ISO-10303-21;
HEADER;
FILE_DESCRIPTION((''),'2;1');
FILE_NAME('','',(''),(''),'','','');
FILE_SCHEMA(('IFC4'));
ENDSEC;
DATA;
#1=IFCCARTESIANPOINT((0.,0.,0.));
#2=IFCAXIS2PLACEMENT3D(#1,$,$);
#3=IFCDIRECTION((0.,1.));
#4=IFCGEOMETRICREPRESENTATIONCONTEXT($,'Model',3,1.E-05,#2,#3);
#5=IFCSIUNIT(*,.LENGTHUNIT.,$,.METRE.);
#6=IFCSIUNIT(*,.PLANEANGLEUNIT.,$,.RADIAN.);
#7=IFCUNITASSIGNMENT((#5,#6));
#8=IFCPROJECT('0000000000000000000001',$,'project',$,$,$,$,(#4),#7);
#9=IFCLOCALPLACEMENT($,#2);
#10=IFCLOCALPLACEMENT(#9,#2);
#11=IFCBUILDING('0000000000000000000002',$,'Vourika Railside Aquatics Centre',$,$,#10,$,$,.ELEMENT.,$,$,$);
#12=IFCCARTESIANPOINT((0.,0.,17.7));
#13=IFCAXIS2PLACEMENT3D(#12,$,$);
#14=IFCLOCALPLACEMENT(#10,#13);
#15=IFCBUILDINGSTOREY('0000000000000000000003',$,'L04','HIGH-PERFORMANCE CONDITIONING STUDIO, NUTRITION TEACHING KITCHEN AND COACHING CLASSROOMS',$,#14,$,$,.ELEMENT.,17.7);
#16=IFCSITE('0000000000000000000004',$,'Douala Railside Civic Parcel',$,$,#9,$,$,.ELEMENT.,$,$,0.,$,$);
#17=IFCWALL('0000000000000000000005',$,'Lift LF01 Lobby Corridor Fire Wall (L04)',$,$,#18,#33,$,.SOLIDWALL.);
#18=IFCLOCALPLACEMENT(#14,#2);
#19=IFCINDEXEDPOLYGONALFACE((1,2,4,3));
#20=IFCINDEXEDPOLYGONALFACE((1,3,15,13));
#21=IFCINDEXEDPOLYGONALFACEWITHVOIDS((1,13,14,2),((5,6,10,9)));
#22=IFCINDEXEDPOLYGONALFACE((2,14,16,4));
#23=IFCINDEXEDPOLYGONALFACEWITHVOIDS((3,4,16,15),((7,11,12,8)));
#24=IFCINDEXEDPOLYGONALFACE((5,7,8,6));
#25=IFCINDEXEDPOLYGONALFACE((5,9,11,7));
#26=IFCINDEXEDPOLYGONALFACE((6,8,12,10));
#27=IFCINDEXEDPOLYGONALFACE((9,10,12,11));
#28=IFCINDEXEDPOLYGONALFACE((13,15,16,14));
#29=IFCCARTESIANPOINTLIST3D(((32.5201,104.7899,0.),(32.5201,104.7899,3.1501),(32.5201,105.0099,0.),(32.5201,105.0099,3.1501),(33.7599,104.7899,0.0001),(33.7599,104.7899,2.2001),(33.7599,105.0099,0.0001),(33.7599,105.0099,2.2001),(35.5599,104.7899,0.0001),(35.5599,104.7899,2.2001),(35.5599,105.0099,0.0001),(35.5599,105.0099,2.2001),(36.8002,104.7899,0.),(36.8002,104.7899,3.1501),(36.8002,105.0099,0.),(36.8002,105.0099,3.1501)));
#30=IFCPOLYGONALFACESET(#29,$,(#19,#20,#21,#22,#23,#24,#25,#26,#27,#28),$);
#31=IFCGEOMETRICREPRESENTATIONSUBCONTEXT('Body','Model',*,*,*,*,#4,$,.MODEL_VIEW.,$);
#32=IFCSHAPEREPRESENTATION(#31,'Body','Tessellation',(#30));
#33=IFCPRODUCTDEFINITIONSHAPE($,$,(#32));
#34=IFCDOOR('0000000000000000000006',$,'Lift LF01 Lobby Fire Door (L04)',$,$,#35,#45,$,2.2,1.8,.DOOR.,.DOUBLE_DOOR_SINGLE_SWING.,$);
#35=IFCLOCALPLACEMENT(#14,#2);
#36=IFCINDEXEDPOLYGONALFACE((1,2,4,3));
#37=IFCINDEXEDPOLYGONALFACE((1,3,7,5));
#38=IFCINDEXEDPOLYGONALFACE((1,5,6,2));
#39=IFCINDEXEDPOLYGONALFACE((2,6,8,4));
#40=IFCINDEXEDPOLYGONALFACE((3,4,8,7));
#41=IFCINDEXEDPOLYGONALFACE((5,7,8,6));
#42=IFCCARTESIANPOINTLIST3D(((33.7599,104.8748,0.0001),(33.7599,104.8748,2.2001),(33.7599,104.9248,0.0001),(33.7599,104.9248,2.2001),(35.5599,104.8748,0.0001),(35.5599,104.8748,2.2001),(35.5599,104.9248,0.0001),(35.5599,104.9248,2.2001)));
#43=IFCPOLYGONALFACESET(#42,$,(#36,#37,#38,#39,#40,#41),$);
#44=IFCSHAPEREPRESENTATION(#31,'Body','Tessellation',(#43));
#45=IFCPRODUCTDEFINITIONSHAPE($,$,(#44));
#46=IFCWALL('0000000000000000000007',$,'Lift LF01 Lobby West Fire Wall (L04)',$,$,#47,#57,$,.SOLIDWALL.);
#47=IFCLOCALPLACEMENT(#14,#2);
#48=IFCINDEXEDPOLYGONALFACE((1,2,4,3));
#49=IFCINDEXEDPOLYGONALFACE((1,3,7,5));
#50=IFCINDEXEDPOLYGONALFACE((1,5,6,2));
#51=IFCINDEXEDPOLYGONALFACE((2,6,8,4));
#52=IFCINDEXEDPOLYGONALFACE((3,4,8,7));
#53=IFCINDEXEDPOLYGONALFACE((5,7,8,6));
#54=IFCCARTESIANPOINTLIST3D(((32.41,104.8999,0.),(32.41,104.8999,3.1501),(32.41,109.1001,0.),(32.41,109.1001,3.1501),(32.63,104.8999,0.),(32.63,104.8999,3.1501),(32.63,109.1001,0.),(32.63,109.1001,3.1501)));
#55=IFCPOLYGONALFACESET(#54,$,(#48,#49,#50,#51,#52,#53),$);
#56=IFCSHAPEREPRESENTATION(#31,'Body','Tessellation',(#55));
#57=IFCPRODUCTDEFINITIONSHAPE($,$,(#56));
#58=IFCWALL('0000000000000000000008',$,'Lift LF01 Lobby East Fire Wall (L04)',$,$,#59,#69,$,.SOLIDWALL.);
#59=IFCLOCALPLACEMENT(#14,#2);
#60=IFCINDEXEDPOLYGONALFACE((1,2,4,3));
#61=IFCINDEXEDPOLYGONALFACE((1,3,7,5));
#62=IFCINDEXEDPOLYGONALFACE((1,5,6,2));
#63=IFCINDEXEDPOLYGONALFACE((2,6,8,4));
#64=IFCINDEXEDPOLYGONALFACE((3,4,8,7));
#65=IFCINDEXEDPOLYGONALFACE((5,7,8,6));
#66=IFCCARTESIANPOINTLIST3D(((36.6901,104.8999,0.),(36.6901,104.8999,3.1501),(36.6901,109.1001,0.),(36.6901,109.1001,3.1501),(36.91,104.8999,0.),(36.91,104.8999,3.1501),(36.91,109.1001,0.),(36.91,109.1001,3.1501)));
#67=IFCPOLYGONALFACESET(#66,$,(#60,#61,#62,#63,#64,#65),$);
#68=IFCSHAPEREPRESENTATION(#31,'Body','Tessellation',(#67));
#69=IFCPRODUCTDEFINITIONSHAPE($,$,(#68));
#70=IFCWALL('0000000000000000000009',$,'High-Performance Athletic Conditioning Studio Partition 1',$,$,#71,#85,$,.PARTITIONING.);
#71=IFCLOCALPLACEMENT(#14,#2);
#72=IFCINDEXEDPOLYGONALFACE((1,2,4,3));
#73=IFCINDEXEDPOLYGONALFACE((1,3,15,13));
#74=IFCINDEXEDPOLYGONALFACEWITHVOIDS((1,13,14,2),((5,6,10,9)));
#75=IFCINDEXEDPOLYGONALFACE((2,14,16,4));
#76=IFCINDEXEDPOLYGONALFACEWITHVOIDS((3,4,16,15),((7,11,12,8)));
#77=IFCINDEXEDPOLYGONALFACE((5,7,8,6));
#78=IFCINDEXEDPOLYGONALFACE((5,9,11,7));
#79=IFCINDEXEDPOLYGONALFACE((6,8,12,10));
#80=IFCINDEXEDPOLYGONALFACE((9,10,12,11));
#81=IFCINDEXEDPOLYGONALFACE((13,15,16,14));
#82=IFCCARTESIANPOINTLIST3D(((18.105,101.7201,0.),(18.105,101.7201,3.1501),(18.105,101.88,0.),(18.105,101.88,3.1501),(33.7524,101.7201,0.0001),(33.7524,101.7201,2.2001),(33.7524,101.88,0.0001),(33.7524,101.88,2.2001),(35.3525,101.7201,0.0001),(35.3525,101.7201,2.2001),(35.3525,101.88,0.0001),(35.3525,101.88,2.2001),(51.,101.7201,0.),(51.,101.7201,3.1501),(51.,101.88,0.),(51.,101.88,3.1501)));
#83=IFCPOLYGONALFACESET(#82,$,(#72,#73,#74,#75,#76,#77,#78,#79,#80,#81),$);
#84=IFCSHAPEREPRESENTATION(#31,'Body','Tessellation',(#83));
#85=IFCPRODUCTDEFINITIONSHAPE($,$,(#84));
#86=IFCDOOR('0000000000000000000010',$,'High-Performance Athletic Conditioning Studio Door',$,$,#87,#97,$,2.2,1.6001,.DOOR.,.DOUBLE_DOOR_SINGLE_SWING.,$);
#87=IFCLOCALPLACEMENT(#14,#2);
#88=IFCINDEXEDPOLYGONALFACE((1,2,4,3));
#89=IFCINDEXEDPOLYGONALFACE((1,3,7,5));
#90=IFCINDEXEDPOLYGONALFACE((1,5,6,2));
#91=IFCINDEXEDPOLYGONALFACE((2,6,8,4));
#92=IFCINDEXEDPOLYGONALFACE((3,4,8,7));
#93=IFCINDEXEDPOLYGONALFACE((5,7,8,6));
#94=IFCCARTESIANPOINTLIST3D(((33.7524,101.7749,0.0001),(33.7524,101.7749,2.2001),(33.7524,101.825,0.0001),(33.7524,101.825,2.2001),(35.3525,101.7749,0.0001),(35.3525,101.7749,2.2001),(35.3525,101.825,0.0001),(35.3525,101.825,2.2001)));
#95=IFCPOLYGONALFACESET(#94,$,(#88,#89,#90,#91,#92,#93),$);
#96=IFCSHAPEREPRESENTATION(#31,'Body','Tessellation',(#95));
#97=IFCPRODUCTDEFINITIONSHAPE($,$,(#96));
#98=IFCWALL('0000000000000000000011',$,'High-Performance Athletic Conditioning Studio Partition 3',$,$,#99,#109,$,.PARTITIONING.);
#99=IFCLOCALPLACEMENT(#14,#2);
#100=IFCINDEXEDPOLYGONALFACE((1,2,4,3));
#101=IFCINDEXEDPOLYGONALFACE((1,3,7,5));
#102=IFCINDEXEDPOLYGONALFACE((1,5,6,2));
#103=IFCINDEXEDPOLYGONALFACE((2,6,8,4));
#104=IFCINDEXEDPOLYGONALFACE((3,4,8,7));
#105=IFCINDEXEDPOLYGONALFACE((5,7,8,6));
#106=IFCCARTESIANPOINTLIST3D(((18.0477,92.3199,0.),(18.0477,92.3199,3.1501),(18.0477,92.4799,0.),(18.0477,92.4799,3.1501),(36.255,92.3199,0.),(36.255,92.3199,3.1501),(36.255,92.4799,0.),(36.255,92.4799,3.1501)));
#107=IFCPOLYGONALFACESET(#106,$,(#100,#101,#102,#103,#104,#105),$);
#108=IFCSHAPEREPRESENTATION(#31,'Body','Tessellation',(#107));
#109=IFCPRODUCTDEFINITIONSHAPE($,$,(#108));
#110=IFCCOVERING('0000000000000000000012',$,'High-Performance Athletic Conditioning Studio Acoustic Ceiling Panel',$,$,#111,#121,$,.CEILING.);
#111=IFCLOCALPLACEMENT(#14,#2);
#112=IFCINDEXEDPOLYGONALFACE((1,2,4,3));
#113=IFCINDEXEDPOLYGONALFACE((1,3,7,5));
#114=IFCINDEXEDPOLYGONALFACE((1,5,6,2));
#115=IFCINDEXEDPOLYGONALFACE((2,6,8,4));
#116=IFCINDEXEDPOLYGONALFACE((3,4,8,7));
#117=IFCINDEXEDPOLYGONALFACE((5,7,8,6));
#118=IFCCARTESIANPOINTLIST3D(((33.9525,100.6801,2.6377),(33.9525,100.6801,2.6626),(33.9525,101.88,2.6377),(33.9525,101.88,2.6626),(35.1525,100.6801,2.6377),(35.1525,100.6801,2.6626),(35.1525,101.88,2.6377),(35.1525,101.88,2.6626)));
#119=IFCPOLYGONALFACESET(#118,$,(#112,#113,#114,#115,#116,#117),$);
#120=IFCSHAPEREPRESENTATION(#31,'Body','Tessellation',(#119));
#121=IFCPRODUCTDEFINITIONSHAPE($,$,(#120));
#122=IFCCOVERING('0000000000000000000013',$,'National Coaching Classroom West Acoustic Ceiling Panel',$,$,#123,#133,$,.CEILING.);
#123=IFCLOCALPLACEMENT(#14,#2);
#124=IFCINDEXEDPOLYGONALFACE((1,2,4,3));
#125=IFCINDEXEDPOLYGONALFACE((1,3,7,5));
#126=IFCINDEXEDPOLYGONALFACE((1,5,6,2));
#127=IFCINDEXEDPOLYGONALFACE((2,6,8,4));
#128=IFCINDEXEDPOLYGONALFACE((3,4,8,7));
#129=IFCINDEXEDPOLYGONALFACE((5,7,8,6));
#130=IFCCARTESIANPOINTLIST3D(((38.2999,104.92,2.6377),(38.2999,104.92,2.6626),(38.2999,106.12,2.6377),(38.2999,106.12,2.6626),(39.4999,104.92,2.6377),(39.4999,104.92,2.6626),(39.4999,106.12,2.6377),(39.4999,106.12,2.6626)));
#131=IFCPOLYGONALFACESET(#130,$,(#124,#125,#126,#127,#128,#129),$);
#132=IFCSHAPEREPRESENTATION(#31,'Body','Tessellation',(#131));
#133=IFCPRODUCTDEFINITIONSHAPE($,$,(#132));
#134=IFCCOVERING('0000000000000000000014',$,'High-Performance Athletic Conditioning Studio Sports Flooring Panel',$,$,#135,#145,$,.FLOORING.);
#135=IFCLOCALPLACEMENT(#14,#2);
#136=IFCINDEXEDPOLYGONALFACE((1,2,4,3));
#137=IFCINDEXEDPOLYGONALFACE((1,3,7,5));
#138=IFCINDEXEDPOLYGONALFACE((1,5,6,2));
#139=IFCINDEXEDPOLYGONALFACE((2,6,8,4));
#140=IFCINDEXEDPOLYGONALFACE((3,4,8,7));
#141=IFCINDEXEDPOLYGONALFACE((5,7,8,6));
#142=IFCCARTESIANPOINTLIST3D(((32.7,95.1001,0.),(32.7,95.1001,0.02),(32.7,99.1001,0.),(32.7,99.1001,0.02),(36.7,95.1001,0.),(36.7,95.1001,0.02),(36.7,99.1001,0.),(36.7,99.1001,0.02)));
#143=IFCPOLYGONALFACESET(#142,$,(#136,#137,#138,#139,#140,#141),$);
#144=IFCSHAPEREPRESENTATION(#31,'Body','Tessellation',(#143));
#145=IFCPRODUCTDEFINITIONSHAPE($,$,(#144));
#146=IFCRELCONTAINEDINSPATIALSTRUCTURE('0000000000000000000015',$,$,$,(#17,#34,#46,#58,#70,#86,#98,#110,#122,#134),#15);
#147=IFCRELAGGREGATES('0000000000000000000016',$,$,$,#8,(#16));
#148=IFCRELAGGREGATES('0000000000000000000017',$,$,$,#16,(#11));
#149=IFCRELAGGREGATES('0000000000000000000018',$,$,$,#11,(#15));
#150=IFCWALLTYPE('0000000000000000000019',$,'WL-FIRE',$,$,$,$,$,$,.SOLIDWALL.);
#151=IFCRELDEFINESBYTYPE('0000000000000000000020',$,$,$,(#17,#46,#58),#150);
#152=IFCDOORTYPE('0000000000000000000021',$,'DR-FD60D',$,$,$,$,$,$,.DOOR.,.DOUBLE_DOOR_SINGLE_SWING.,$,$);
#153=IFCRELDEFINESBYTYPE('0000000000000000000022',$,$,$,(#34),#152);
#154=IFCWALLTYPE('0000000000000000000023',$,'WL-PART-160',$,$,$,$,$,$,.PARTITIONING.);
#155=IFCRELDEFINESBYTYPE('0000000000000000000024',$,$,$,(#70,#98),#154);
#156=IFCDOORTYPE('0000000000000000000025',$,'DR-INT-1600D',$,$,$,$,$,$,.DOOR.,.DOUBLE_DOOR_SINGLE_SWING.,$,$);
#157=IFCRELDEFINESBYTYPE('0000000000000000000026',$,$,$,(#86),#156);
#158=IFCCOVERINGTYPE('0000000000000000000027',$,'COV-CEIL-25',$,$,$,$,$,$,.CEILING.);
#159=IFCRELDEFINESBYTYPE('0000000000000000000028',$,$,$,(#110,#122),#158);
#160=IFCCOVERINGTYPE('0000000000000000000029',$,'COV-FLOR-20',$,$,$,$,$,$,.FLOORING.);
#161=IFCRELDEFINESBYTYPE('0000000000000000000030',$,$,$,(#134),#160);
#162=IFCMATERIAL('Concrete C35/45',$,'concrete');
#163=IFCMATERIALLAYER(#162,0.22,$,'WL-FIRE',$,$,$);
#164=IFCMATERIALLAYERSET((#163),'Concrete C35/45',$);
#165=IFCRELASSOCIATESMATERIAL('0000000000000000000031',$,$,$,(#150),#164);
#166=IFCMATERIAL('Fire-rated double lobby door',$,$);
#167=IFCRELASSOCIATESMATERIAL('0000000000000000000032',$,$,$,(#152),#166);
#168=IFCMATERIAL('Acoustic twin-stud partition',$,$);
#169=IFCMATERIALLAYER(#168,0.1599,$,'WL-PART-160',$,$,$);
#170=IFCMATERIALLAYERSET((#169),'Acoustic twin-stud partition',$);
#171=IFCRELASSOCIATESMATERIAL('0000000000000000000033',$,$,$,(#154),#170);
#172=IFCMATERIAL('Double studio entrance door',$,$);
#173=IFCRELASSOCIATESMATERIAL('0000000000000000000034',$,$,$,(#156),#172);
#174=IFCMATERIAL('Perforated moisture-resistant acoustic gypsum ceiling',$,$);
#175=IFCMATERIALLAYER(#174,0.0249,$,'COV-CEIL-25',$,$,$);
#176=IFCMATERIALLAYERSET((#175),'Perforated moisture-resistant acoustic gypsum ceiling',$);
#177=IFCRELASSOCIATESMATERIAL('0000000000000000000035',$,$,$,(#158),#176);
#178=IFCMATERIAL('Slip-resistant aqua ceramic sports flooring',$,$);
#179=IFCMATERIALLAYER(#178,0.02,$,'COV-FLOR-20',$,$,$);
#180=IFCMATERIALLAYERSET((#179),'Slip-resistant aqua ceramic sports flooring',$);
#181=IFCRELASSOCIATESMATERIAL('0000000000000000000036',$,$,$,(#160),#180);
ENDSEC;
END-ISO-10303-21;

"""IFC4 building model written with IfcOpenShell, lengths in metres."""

from ifc_helpers import new_model, si_unit, direction, frame, frame_2d, origin, origin_2d, place, context, subcontext, project, spatial, rectangle, extrude, material, layer, layer_set, type_object, element, fill, save


model = new_model("IFC4")

# Units and contexts
model_context = context("Model", 3, precision=1e-05, world=origin(), true_north=direction((0.0, 1.0)))
body_context = subcontext(model_context, "Body", "Model", "MODEL_VIEW")
ifc_project = project(units=[si_unit("LENGTHUNIT", "METRE"), si_unit("PLANEANGLEUNIT", "RADIAN")], contexts=[model_context])

# Site, building, storey
site_placement = place(None, origin())
site = spatial("IfcSite", under=ifc_project, at=site_placement, Name="Douala Railside Civic Parcel", CompositionType="ELEMENT", RefElevation=0.0)
building_placement = place(site_placement, origin())
building = spatial("IfcBuilding", under=site, at=building_placement, Name="Vourika Railside Aquatics Centre", CompositionType="ELEMENT")
storey_placement = place(building_placement, frame((0.0, 0.0, 17.7)))
storey = spatial("IfcBuildingStorey", under=building, at=storey_placement, Name="L04", Description="HIGH-PERFORMANCE CONDITIONING STUDIO, NUTRITION TEACHING KITCHEN AND COACHING CLASSROOMS", CompositionType="ELEMENT", Elevation=17.7)

# Shared definitions
ifc_material_1 = material(Name="Concrete C35/45", Category="concrete")

# Wall, opening, door
ifc_layer_1 = layer(ifc_material_1, 0.22, Name="WL-FIRE")
ifc_layer_set_1 = layer_set([ifc_layer_1], Name="Concrete C35/45")
wall_type_1 = type_object("IfcWallType", Name="WL-FIRE", PredefinedType="SOLIDWALL", material=ifc_layer_set_1)
wall_1_placement = place(storey_placement, frame((32.52, 104.8999, 0.0), z_axis=(0.0, 0.0, 1.0), x_axis=(1.0, 0.0, 0.0)))
wall_1 = element("IfcWall", 1, at=wall_1_placement, inside=storey, type_object=wall_type_1, Name="Lift LF01 Lobby Corridor Fire Wall (L04)", PredefinedType="SOLIDWALL", context=body_context, shape_type="SweptSolid", body=[
    extrude(rectangle(XDim=4.28, YDim=0.22, at=frame_2d((2.1401, 0.0))), origin(), (0.0, 0.0, 1.0), 3.1501),
])
opening_1_placement = place(wall_1_placement, frame((1.24, 0.0, 0.0)))
opening_1 = element("IfcOpeningElement", 2, at=opening_1_placement, cuts=wall_1, PredefinedType="OPENING", context=body_context, shape_type="SweptSolid", body=[
    extrude(rectangle(XDim=1.8, YDim=2.2, at=frame_2d((0.8999, 1.1001))), frame((0.0, 0.1201, 0.0), z_axis=(0.0, -1.0, 0.0), x_axis=(1.0, 0.0, 0.0)), (0.0, 0.0, 1.0), 0.24),
])
ifc_material_2 = material(Name="Fire-rated double lobby door")
door_type_1 = type_object("IfcDoorType", Name="DR-FD60D", OperationType="DOUBLE_DOOR_SINGLE_SWING", PredefinedType="DOOR", material=ifc_material_2)
door_1_placement = place(opening_1_placement, origin())
door_1 = element("IfcDoor", 3, at=door_1_placement, inside=storey, type_object=door_type_1, Name="Lift LF01 Lobby Fire Door (L04)", OperationType="DOUBLE_DOOR_SINGLE_SWING", OverallHeight=2.2, OverallWidth=1.8, PredefinedType="DOOR", context=body_context, shape_type="SweptSolid", body=[
    extrude(rectangle(XDim=1.8, YDim=2.2, at=frame_2d((0.8999, 1.1001))), frame((0.0, 0.0249, 0.0), z_axis=(0.0, -1.0, 0.0), x_axis=(1.0, 0.0, 0.0)), (0.0, 0.0, 1.0), 0.05),
])
fill(opening_1, door_1)

# Walls
for number, where, z_axis, x_axis, name in (
    (4, (32.52, 104.8999, 0.0), (0.0, 0.0, 1.0), (0.0, 1.0, 0.0), "Lift LF01 Lobby West Fire Wall (L04)"),
    (5, (36.8, 104.8999, 0.0), (0.0, 0.0, 1.0), (0.0, 1.0, 0.0), "Lift LF01 Lobby East Fire Wall (L04)"),
):
    element("IfcWall", number, at=place(storey_placement, frame(where, z_axis=z_axis, x_axis=x_axis)), inside=storey, type_object=wall_type_1, Name=name, PredefinedType="SOLIDWALL", context=body_context, shape_type="SweptSolid", body=[
        extrude(rectangle(XDim=4.2002, YDim=0.22, at=frame_2d((2.1001, 0.0))), origin(), (0.0, 0.0, 1.0), 3.1501),
    ])

# Wall, opening, door
ifc_material_3 = material(Name="Acoustic twin-stud partition")
ifc_layer_2 = layer(ifc_material_3, 0.1599, Name="WL-PART-160")
ifc_layer_set_2 = layer_set([ifc_layer_2], Name="Acoustic twin-stud partition")
wall_type_2 = type_object("IfcWallType", Name="WL-PART-160", PredefinedType="PARTITIONING", material=ifc_layer_set_2)
wall_2_placement = place(storey_placement, frame((18.105, 101.8, 0.0), z_axis=(0.0, 0.0, 1.0), x_axis=(1.0, 0.0, 0.0)))
wall_2 = element("IfcWall", 6, at=wall_2_placement, inside=storey, type_object=wall_type_2, Name="High-Performance Athletic Conditioning Studio Partition 1", PredefinedType="PARTITIONING", context=body_context, shape_type="SweptSolid", body=[
    extrude(rectangle(XDim=32.895, YDim=0.1599, at=frame_2d((16.4475, 0.0))), origin(), (0.0, 0.0, 1.0), 3.1501),
])
opening_2_placement = place(wall_2_placement, frame((15.6475, 0.0, 0.0)))
opening_2 = element("IfcOpeningElement", 7, at=opening_2_placement, cuts=wall_2, PredefinedType="OPENING", context=body_context, shape_type="SweptSolid", body=[
    extrude(rectangle(XDim=1.6001, YDim=2.2, at=frame_2d((0.8, 1.1001))), frame((0.0, 0.0898, 0.0), z_axis=(0.0, -1.0, 0.0), x_axis=(1.0, 0.0, 0.0)), (0.0, 0.0, 1.0), 0.1799),
])
ifc_material_4 = material(Name="Double studio entrance door")
door_type_2 = type_object("IfcDoorType", Name="DR-INT-1600D", OperationType="DOUBLE_DOOR_SINGLE_SWING", PredefinedType="DOOR", material=ifc_material_4)
door_2_placement = place(opening_2_placement, origin())
door_2 = element("IfcDoor", 8, at=door_2_placement, inside=storey, type_object=door_type_2, Name="High-Performance Athletic Conditioning Studio Door", OperationType="DOUBLE_DOOR_SINGLE_SWING", OverallHeight=2.2, OverallWidth=1.6001, PredefinedType="DOOR", context=body_context, shape_type="SweptSolid", body=[
    extrude(rectangle(XDim=1.6001, YDim=2.2, at=frame_2d((0.8, 1.1001))), frame((0.0, 0.0249, 0.0), z_axis=(0.0, -1.0, 0.0), x_axis=(1.0, 0.0, 0.0)), (0.0, 0.0, 1.0), 0.05),
])
fill(opening_2, door_2)

# Wall
wall_3_placement = place(storey_placement, frame((36.2549, 92.3999, 0.0), z_axis=(0.0, 0.0, 1.0), x_axis=(-1.0, 0.0, 0.0)))
element("IfcWall", 9, at=wall_3_placement, inside=storey, type_object=wall_type_2, Name="High-Performance Athletic Conditioning Studio Partition 3", PredefinedType="PARTITIONING", context=body_context, shape_type="SweptSolid", body=[
    extrude(rectangle(XDim=18.2073, YDim=0.1599, at=frame_2d((9.1035, 0.0))), origin(), (0.0, 0.0, 1.0), 3.1501),
])

# Coverings
ifc_material_5 = material(Name="Perforated moisture-resistant acoustic gypsum ceiling")
ifc_layer_3 = layer(ifc_material_5, 0.0249, Name="COV-CEIL-25")
ifc_layer_set_3 = layer_set([ifc_layer_3], Name="Perforated moisture-resistant acoustic gypsum ceiling")
covering_type_1 = type_object("IfcCoveringType", Name="COV-CEIL-25", PredefinedType="CEILING", material=ifc_layer_set_3)
for number, where, z_axis, x_axis, name in (
    (10, (34.5525, 101.28, 2.6377), (0.0, 0.0, 1.0), (1.0, 0.0, 0.0), "High-Performance Athletic Conditioning Studio Acoustic Ceiling Panel"),
    (11, (38.8999, 105.52, 2.6377), (0.0, 0.0, 1.0), (1.0, 0.0, 0.0), "National Coaching Classroom West Acoustic Ceiling Panel"),
):
    element("IfcCovering", number, at=place(storey_placement, frame(where, z_axis=z_axis, x_axis=x_axis)), inside=storey, type_object=covering_type_1, Name=name, PredefinedType="CEILING", context=body_context, shape_type="SweptSolid", body=[
        extrude(rectangle(XDim=1.2, YDim=1.2, at=origin_2d()), origin(), (0.0, 0.0, 1.0), 0.0249),
    ])
ifc_material_6 = material(Name="Slip-resistant aqua ceramic sports flooring")
ifc_layer_4 = layer(ifc_material_6, 0.02, Name="COV-FLOR-20")
ifc_layer_set_4 = layer_set([ifc_layer_4], Name="Slip-resistant aqua ceramic sports flooring")
covering_type_2 = type_object("IfcCoveringType", Name="COV-FLOR-20", PredefinedType="FLOORING", material=ifc_layer_set_4)
covering_placement = place(storey_placement, frame((34.7, 97.1001, 0.0), z_axis=(0.0, 0.0, 1.0), x_axis=(1.0, 0.0, 0.0)))
element("IfcCovering", 12, at=covering_placement, inside=storey, type_object=covering_type_2, Name="High-Performance Athletic Conditioning Studio Sports Flooring Panel", PredefinedType="FLOORING", context=body_context, shape_type="SweptSolid", body=[
    extrude(rectangle(XDim=4.0, YDim=4.0, at=origin_2d()), origin(), (0.0, 0.0, 1.0), 0.02),
])

save(model, "model.ifc")
